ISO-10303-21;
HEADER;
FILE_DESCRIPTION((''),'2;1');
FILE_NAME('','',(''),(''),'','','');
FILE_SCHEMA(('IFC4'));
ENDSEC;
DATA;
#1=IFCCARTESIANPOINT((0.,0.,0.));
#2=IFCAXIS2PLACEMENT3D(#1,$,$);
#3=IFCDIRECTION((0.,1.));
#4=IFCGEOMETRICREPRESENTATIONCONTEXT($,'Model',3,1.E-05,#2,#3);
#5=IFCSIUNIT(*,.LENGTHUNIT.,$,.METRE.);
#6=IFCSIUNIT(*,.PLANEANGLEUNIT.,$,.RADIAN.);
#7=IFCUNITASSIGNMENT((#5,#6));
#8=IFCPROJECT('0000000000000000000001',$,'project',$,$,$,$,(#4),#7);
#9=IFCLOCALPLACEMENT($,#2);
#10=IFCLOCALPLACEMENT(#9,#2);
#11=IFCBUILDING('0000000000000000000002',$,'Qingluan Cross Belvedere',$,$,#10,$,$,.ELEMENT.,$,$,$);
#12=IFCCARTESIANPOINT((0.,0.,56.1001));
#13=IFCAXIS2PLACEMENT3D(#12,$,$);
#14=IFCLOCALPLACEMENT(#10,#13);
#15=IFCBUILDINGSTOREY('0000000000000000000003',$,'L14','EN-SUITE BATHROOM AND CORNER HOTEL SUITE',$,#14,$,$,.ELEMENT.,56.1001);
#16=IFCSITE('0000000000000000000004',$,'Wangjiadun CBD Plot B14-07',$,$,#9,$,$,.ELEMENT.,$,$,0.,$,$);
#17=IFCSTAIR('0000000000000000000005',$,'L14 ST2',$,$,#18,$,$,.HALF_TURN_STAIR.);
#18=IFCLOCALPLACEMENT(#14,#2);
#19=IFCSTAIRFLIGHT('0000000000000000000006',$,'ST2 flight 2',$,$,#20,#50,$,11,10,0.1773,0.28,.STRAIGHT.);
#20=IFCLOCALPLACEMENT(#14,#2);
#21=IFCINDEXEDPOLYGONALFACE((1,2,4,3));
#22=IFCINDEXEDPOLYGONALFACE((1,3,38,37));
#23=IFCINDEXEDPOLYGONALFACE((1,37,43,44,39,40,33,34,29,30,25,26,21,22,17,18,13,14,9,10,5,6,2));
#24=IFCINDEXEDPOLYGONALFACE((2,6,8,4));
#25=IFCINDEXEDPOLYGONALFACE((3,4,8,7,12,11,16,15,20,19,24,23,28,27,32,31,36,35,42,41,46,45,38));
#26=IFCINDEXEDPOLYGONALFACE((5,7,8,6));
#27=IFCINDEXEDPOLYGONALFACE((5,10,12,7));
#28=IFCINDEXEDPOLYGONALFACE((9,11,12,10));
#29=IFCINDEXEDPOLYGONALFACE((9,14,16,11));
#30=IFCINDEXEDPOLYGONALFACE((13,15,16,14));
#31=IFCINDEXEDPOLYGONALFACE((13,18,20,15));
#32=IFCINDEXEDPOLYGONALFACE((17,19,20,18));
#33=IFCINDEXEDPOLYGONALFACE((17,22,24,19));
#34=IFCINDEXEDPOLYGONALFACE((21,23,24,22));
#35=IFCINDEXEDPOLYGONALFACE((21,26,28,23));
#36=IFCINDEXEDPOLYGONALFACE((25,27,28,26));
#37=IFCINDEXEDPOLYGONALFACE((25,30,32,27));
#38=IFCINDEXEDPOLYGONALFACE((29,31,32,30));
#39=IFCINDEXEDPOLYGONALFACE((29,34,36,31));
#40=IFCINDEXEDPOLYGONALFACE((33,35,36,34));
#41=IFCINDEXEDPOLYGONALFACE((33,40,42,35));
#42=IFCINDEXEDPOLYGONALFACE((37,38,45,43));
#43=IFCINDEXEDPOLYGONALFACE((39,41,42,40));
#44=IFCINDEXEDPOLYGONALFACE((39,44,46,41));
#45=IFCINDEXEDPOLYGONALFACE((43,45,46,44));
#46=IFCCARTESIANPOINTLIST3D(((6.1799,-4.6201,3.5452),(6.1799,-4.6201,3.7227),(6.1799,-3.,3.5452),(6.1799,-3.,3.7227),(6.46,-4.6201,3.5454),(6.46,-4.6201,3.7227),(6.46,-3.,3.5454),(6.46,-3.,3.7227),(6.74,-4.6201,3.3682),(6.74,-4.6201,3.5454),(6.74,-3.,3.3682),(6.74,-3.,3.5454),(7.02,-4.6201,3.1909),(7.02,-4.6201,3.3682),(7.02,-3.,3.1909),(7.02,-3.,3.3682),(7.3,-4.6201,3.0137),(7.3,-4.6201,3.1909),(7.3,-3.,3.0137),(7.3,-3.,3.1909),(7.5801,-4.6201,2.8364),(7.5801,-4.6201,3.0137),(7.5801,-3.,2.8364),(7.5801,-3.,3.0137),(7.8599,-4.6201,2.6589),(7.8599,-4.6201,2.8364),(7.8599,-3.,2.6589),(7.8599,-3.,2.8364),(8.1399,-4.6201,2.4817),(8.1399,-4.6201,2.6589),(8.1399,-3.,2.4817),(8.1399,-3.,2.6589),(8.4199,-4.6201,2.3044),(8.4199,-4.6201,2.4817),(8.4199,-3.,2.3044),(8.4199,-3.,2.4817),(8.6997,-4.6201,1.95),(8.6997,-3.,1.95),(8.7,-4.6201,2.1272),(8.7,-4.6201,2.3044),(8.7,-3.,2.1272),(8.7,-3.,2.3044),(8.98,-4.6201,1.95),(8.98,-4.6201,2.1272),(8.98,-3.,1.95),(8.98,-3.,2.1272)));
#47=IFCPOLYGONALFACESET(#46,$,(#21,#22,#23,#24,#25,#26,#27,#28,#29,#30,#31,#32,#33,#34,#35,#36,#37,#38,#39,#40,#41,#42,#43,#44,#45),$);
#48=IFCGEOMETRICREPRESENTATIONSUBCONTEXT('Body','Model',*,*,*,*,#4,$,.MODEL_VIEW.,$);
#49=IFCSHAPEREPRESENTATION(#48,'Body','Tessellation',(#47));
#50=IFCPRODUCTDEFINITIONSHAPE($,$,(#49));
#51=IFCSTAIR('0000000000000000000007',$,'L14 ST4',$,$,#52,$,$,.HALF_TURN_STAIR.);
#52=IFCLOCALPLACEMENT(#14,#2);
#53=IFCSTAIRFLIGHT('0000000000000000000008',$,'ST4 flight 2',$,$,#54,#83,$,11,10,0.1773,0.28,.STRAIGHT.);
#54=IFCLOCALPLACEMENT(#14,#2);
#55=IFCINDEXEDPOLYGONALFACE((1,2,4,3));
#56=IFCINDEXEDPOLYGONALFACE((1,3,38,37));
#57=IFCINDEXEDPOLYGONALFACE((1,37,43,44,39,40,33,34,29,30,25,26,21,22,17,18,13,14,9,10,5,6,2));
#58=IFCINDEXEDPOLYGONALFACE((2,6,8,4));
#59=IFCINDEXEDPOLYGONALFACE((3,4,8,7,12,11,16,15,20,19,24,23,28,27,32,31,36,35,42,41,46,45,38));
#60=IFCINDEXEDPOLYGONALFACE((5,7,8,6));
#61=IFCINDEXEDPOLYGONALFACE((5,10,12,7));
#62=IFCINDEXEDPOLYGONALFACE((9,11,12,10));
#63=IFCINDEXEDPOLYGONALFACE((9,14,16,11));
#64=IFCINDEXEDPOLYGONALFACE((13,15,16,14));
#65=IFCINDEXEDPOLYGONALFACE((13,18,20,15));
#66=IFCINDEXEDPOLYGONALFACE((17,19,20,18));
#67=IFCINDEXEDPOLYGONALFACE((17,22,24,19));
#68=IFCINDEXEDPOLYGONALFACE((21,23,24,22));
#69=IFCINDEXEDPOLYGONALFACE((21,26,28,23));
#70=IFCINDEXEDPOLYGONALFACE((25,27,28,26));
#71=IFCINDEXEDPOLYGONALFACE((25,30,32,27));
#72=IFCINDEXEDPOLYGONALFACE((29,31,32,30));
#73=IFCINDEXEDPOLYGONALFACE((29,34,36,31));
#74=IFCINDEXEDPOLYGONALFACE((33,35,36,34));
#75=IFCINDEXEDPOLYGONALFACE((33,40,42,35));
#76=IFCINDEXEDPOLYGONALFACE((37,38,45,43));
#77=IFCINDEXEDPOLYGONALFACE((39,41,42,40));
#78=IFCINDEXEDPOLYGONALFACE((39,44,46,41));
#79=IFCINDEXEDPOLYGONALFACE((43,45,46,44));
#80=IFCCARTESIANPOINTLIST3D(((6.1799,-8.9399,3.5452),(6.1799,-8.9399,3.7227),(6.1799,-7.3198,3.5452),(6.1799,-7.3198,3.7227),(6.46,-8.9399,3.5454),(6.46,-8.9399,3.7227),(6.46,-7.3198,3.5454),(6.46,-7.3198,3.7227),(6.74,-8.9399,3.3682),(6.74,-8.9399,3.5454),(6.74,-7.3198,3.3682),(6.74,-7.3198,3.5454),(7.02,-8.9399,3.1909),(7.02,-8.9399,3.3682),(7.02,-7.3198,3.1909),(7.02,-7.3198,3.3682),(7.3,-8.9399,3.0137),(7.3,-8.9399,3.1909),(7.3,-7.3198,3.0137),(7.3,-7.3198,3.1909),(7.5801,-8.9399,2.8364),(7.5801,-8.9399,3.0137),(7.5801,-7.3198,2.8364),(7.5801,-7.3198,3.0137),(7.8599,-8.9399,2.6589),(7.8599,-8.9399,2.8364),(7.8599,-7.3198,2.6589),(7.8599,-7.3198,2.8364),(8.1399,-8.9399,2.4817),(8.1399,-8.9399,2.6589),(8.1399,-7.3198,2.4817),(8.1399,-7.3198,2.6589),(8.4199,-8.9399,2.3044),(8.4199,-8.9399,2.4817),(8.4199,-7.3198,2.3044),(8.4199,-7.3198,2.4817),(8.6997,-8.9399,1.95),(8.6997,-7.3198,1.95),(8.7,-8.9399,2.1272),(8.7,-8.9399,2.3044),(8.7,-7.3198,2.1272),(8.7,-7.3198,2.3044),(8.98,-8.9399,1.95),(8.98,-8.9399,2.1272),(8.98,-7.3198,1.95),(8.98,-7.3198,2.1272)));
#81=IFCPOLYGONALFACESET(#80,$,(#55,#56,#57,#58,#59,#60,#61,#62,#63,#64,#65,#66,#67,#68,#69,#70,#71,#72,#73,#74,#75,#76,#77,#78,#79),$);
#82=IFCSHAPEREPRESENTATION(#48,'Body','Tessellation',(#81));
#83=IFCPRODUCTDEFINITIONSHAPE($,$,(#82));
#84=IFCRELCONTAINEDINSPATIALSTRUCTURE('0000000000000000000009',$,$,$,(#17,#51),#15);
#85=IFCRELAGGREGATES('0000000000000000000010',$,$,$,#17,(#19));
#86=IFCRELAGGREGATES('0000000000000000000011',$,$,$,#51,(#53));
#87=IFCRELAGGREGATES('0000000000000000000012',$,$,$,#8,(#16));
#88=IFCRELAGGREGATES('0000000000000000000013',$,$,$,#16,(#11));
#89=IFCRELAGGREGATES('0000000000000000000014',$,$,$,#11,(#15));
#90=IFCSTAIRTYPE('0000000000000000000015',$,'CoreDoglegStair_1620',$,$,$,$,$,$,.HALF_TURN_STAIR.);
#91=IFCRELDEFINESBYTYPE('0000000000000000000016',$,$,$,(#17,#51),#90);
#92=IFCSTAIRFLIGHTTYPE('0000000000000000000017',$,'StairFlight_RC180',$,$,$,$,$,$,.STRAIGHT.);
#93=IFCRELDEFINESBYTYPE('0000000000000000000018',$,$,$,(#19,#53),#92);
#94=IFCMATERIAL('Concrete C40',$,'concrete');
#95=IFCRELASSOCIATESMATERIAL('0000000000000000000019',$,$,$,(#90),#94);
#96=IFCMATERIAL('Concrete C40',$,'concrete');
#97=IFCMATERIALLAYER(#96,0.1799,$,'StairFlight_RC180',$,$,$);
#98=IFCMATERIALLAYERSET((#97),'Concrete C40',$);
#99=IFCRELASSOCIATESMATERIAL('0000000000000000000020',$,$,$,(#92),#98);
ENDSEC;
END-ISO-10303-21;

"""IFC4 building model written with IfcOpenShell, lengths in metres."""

from ifc_helpers import new_model, si_unit, direction, frame, origin, place, context, subcontext, project, spatial, polyline, outline, extrude, material, layer, layer_set, type_object, element, aggregate, save


model = new_model("IFC4")

# Units and contexts
model_context = context("Model", 3, precision=1e-05, world=origin(), true_north=direction((0.0, 1.0)))
body_context = subcontext(model_context, "Body", "Model", "MODEL_VIEW")
ifc_project = project(units=[si_unit("LENGTHUNIT", "METRE"), si_unit("PLANEANGLEUNIT", "RADIAN")], contexts=[model_context])

# Site, building, storey
site_placement = place(None, origin())
site = spatial("IfcSite", under=ifc_project, at=site_placement, Name="Wangjiadun CBD Plot B14-07", CompositionType="ELEMENT", RefElevation=0.0)
building_placement = place(site_placement, origin())
building = spatial("IfcBuilding", under=site, at=building_placement, Name="Qingluan Cross Belvedere", CompositionType="ELEMENT")
storey_placement = place(building_placement, frame((0.0, 0.0, 56.1001)))
storey = spatial("IfcBuildingStorey", under=building, at=storey_placement, Name="L14", Description="EN-SUITE BATHROOM AND CORNER HOTEL SUITE", CompositionType="ELEMENT", Elevation=56.1001)

# Stairs, stair flights
ifc_material_1 = material(Name="Concrete C40", Category="concrete")
stair_type = type_object("IfcStairType", Name="CoreDoglegStair_1620", PredefinedType="HALF_TURN_STAIR", material=ifc_material_1)
stair_1_placement = place(storey_placement, origin())
stair_1 = element("IfcStair", 1, at=stair_1_placement, inside=storey, type_object=stair_type, Name="L14 ST2", PredefinedType="HALF_TURN_STAIR")
ifc_material_2 = material(Name="Concrete C40", Category="concrete")
ifc_layer_1 = layer(ifc_material_2, 0.1799, Name="StairFlight_RC180")
ifc_layer_set_1 = layer_set([ifc_layer_1], Name="Concrete C40")
stair_flight_type = type_object("IfcStairFlightType", Name="StairFlight_RC180", PredefinedType="STRAIGHT", material=ifc_layer_set_1)
stair_flight_1_placement = place(storey_placement, frame((8.98, -3.8101, 1.95), z_axis=(0.0, 0.0, 1.0), x_axis=(-1.0, 0.0, 0.0)))
stair_flight_1 = element("IfcStairFlight", 2, at=stair_flight_1_placement, type_object=stair_flight_type, Name="ST2 flight 2", NumberOfRisers=11, NumberOfTreads=10, PredefinedType="STRAIGHT", RiserHeight=0.1773, TreadLength=0.28, context=body_context, shape_type="SweptSolid", body=[
    extrude(outline(polyline([(0.0, 0.0), (0.0, 0.1772), (0.28, 0.1772), (0.28, 0.3545), (0.5601, 0.3545), (0.5601, 0.5317), (0.8401, 0.5317), (0.8401, 0.709), (1.1201, 0.709), (1.1201, 0.8865), (1.3999, 0.8865), (1.3999, 1.0637), (1.6799, 1.0637), (1.6799, 1.241), (1.96, 1.241), (1.96, 1.4182), (2.24, 1.4182), (2.24, 1.5955), (2.52, 1.5955), (2.52, 1.7727), (2.8, 1.7727), (2.8, 1.95), (2.8, 1.5952), (0.2803, 0.0), (0.0, 0.0)])), frame((0.0, 0.8101, 0.0), z_axis=(0.0, -1.0, 0.0), x_axis=(1.0, 0.0, 0.0)), (0.0, 0.0, 1.0), 1.6201),
])
aggregate(stair_1, [stair_flight_1])
stair_2_placement = place(storey_placement, origin())
stair_2 = element("IfcStair", 3, at=stair_2_placement, inside=storey, type_object=stair_type, Name="L14 ST4", PredefinedType="HALF_TURN_STAIR")
stair_flight_2_placement = place(storey_placement, frame((8.98, -8.1299, 1.95), z_axis=(0.0, 0.0, 1.0), x_axis=(-1.0, 0.0, 0.0)))
stair_flight_2 = element("IfcStairFlight", 4, at=stair_flight_2_placement, type_object=stair_flight_type, Name="ST4 flight 2", NumberOfRisers=11, NumberOfTreads=10, PredefinedType="STRAIGHT", RiserHeight=0.1773, TreadLength=0.28, context=body_context, shape_type="SweptSolid", body=[
    extrude(outline(polyline([(0.0, 0.0), (0.0, 0.1772), (0.28, 0.1772), (0.28, 0.3545), (0.5601, 0.3545), (0.5601, 0.5317), (0.8401, 0.5317), (0.8401, 0.709), (1.1201, 0.709), (1.1201, 0.8865), (1.3999, 0.8865), (1.3999, 1.0637), (1.6799, 1.0637), (1.6799, 1.241), (1.96, 1.241), (1.96, 1.4182), (2.24, 1.4182), (2.24, 1.5955), (2.52, 1.5955), (2.52, 1.7727), (2.8, 1.7727), (2.8, 1.95), (2.8, 1.5952), (0.2803, 0.0), (0.0, 0.0)])), frame((0.0, 0.8101, 0.0), z_axis=(0.0, -1.0, 0.0), x_axis=(1.0, 0.0, 0.0)), (0.0, 0.0, 1.0), 1.6201),
])
aggregate(stair_2, [stair_flight_2])

save(model, "model.ifc")
